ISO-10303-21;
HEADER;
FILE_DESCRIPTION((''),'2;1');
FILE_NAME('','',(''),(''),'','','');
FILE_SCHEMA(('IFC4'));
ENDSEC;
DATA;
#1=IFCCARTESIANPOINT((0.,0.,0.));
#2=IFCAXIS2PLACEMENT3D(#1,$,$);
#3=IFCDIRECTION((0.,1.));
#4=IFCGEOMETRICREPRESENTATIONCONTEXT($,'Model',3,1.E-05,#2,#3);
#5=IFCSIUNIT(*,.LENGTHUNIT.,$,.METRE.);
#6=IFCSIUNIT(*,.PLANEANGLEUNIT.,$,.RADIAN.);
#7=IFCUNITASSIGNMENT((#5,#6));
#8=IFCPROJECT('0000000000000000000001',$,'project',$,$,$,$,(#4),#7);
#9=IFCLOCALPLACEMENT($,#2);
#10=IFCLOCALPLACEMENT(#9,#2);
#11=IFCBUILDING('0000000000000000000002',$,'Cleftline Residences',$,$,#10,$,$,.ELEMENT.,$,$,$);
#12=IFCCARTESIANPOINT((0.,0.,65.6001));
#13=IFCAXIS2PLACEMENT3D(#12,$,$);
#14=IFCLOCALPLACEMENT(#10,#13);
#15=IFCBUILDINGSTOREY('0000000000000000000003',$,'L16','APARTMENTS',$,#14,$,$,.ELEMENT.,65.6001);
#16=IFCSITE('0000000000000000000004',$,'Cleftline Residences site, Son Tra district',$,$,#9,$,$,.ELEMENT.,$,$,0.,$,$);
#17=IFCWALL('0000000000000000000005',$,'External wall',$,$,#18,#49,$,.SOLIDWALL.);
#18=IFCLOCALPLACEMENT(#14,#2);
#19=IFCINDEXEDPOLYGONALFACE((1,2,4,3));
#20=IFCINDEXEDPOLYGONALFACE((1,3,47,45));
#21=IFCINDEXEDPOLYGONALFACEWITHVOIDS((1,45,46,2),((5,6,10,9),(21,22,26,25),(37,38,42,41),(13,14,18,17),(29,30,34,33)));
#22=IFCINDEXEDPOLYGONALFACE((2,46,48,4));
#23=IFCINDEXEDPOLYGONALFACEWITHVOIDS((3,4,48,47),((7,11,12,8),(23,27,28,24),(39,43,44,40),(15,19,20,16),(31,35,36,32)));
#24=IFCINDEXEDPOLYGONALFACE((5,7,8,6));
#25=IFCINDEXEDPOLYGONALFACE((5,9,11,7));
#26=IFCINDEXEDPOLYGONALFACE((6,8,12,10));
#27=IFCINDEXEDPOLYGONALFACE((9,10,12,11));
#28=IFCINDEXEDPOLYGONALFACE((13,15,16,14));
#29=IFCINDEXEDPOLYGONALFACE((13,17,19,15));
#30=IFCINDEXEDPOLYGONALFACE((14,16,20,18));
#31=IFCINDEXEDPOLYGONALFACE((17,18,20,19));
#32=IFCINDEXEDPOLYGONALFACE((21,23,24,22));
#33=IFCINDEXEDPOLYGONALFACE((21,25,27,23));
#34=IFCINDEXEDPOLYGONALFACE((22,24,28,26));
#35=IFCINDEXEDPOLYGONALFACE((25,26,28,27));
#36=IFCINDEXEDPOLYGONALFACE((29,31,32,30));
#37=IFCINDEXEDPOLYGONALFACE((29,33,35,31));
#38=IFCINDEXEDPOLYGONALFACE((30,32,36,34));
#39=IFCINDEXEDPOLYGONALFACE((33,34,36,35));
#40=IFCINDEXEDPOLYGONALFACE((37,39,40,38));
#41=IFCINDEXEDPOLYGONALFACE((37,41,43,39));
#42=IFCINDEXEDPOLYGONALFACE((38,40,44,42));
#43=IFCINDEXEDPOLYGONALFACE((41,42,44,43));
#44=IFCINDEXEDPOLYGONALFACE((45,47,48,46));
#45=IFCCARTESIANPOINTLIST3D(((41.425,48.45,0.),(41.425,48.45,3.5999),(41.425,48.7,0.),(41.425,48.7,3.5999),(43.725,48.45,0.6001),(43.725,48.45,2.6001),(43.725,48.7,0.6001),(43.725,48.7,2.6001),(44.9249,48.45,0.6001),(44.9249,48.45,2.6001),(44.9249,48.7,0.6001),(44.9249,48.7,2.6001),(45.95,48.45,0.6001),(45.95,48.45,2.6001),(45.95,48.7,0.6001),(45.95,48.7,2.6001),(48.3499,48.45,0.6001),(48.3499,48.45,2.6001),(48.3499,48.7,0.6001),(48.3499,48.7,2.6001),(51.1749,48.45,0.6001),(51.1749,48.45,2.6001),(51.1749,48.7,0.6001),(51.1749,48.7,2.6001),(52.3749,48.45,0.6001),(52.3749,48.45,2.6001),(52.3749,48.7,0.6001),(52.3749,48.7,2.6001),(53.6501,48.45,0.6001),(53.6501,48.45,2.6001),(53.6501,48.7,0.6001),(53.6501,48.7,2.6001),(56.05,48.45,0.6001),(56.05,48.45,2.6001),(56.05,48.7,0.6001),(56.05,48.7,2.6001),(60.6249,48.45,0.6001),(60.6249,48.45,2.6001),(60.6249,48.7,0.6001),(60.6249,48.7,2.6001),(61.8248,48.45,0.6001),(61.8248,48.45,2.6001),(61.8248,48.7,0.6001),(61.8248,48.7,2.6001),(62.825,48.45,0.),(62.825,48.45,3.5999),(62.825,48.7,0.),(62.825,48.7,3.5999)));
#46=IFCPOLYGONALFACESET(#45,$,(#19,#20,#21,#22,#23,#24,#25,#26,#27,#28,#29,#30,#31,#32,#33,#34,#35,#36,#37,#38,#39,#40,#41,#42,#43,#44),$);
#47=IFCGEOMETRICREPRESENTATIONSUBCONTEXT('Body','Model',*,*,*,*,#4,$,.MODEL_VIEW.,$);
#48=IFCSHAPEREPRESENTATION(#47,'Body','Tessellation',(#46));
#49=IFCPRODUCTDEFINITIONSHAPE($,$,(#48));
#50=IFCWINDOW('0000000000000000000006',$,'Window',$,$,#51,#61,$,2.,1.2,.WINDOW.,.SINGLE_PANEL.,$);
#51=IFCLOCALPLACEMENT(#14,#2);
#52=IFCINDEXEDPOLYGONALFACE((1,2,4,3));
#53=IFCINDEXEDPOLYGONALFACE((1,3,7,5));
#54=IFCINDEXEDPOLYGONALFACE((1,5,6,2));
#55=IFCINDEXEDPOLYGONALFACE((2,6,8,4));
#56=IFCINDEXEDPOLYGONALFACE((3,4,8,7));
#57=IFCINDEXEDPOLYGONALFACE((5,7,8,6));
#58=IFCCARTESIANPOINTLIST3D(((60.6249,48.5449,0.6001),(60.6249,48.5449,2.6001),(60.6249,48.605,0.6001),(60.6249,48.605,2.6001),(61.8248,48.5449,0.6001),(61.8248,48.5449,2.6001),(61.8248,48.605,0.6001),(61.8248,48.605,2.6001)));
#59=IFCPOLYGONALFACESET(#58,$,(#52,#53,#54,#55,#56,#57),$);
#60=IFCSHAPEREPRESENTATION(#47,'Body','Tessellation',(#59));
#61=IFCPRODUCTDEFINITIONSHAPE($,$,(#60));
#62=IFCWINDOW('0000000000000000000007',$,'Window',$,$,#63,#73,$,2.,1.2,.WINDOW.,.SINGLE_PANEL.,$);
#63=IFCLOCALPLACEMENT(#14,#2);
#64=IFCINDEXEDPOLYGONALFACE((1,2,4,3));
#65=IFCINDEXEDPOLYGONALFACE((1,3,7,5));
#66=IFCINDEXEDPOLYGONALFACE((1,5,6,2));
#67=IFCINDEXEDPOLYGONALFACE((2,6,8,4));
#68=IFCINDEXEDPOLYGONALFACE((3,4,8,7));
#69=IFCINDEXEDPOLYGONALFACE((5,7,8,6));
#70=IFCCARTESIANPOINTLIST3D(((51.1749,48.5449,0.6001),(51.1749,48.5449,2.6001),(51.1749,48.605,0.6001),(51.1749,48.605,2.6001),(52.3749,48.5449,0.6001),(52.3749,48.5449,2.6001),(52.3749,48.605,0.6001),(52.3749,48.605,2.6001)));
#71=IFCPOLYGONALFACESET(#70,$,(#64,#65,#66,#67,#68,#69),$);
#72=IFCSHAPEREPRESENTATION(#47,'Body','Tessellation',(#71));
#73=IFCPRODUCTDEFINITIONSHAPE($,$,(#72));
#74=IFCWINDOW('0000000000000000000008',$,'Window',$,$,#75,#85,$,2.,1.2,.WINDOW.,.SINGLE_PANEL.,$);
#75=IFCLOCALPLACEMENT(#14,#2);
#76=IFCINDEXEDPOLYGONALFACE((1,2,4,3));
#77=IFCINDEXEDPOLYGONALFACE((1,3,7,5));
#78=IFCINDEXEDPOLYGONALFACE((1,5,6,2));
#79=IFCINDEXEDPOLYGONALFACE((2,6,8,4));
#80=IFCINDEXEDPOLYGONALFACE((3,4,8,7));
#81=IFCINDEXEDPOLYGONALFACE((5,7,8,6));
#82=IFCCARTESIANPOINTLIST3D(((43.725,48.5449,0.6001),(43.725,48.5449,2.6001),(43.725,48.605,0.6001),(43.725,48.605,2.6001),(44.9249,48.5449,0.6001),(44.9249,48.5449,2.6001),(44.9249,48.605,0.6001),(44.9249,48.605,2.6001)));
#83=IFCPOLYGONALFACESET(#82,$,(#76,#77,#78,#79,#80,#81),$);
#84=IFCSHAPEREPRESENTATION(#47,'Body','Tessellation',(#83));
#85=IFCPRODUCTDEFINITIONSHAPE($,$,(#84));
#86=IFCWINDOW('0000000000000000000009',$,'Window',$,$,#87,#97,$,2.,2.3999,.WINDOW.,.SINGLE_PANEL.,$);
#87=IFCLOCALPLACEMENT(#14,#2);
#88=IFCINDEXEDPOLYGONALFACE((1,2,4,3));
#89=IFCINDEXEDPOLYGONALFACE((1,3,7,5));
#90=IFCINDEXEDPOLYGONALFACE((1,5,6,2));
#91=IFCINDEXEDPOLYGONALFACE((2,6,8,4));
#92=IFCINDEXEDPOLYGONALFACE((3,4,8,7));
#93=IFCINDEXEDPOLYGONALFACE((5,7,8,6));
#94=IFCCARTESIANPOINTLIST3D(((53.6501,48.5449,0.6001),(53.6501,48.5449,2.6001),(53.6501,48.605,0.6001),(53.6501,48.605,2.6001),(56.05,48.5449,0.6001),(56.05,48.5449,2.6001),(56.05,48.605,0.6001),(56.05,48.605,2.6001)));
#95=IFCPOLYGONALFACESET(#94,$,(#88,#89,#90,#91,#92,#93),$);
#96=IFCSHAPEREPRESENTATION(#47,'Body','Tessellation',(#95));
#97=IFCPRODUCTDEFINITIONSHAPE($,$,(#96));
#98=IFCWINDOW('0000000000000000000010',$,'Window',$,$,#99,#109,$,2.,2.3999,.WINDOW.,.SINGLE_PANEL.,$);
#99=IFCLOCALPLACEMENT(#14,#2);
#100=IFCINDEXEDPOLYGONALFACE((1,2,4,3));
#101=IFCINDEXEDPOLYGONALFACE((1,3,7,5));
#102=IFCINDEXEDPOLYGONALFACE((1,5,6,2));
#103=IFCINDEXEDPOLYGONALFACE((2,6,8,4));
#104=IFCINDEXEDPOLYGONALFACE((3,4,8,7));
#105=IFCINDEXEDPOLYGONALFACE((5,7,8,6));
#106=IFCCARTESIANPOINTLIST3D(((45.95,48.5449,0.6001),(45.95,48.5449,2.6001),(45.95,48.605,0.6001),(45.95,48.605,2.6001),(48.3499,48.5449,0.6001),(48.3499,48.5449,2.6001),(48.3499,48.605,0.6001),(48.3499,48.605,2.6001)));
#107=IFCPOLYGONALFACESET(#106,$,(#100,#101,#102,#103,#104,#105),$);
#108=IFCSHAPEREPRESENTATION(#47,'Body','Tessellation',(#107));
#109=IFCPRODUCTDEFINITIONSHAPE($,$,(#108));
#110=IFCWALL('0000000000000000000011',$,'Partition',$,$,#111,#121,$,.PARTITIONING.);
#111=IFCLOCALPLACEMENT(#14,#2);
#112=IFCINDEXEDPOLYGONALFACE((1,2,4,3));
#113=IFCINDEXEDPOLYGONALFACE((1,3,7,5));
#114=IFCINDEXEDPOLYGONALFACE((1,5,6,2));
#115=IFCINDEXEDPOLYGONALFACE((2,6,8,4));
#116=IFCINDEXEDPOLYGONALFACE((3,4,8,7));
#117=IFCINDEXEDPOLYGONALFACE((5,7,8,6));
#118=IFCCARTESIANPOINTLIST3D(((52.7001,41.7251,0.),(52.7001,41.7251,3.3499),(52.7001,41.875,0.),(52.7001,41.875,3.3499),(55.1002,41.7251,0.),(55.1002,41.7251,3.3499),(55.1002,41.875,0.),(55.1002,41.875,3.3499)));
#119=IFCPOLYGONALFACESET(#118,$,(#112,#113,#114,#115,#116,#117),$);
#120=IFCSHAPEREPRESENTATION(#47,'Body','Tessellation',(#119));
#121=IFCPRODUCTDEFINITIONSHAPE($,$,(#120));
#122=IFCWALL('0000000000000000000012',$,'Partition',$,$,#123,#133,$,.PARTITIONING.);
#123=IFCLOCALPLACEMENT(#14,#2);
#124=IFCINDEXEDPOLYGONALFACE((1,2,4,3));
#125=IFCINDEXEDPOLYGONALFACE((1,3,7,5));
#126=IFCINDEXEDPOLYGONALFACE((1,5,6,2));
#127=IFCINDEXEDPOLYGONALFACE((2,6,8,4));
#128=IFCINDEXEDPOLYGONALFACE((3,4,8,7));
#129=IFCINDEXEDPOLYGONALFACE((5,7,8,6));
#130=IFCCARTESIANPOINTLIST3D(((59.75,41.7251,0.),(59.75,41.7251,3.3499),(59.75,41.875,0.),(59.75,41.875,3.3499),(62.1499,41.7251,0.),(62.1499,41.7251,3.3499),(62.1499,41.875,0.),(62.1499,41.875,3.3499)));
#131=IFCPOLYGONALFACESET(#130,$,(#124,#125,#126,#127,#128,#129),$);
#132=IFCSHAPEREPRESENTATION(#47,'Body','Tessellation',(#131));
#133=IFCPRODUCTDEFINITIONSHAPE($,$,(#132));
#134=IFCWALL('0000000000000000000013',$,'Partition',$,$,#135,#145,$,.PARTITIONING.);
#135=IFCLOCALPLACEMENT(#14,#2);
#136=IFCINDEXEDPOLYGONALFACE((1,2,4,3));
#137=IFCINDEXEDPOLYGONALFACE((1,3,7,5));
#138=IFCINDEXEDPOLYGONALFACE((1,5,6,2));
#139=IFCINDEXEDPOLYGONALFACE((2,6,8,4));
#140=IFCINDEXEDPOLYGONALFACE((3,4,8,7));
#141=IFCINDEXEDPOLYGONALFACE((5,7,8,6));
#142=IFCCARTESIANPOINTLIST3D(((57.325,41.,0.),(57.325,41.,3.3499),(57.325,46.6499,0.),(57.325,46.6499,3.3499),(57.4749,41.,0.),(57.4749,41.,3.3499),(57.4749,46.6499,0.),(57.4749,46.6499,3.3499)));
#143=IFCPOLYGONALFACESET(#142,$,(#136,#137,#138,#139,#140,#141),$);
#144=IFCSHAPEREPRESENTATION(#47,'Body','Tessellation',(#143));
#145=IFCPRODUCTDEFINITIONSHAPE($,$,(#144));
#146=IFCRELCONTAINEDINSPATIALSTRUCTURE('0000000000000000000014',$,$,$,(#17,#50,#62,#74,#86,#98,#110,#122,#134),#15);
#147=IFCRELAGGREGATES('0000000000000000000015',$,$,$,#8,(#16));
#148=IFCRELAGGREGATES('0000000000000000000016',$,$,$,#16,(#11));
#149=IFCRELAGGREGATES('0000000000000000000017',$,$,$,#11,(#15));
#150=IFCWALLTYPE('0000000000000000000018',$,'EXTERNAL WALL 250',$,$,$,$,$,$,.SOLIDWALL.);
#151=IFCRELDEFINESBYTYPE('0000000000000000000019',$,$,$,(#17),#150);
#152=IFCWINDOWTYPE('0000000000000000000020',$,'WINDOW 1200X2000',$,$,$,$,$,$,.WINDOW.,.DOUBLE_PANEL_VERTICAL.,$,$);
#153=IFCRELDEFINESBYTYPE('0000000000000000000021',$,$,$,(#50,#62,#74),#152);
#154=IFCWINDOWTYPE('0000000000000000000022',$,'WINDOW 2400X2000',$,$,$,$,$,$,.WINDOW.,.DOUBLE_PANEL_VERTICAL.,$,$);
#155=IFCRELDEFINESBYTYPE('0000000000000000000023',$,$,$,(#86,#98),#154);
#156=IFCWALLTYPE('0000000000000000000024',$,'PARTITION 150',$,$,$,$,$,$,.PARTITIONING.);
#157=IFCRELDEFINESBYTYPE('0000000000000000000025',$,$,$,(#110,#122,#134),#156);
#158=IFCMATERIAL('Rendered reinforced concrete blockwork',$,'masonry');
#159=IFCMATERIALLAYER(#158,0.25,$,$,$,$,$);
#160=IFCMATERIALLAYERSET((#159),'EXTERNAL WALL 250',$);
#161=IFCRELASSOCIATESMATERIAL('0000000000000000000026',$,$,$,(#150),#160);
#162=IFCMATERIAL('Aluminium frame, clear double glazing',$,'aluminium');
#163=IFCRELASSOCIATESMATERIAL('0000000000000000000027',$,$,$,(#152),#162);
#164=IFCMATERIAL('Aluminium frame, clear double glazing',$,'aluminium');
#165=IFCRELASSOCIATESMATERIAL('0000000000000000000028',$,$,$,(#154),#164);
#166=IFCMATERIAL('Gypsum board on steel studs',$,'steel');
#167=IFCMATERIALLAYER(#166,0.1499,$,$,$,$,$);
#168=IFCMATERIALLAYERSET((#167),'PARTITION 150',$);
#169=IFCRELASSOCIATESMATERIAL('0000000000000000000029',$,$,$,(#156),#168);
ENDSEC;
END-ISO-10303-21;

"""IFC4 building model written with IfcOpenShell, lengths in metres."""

from ifc_helpers import new_model, si_unit, direction, frame, frame_2d, origin, place, context, subcontext, project, spatial, rectangle, extrude, material, layer, layer_set, type_object, element, fill, save


model = new_model("IFC4")

# Units and contexts
model_context = context("Model", 3, precision=1e-05, world=origin(), true_north=direction((0.0, 1.0)))
body_context = subcontext(model_context, "Body", "Model", "MODEL_VIEW")
ifc_project = project(units=[si_unit("LENGTHUNIT", "METRE"), si_unit("PLANEANGLEUNIT", "RADIAN")], contexts=[model_context])

# Site, building, storey
site_placement = place(None, origin())
site = spatial("IfcSite", under=ifc_project, at=site_placement, Name="Cleftline Residences site, Son Tra district", CompositionType="ELEMENT", RefElevation=0.0)
building_placement = place(site_placement, origin())
building = spatial("IfcBuilding", under=site, at=building_placement, Name="Cleftline Residences", CompositionType="ELEMENT")
storey_placement = place(building_placement, frame((0.0, 0.0, 65.6001)))
storey = spatial("IfcBuildingStorey", under=building, at=storey_placement, Name="L16", Description="APARTMENTS", CompositionType="ELEMENT", Elevation=65.6001)

# Shared definitions
ifc_material_1 = material(Name="Rendered reinforced concrete blockwork", Category="masonry")
ifc_layer_1 = layer(ifc_material_1, 0.25)
ifc_layer_set_1 = layer_set([ifc_layer_1], Name="EXTERNAL WALL 250")
wall_type_1 = type_object("IfcWallType", Name="EXTERNAL WALL 250", PredefinedType="SOLIDWALL", material=ifc_layer_set_1)
ifc_material_2 = material(Name="Aluminium frame, clear double glazing", Category="aluminium")
window_type_1 = type_object("IfcWindowType", Name="WINDOW 1200X2000", PartitioningType="DOUBLE_PANEL_VERTICAL", PredefinedType="WINDOW", material=ifc_material_2)

# Shared definitions
ifc_material_3 = material(Name="Aluminium frame, clear double glazing", Category="aluminium")
window_type_2 = type_object("IfcWindowType", Name="WINDOW 2400X2000", PartitioningType="DOUBLE_PANEL_VERTICAL", PredefinedType="WINDOW", material=ifc_material_3)

# Wall, openings, windows
wall_1_placement = place(storey_placement, frame((62.825, 48.575, 0.0), z_axis=(0.0, 0.0, 1.0), x_axis=(-1.0, 0.0, 0.0)))
wall_1 = element("IfcWall", 1, at=wall_1_placement, inside=storey, type_object=wall_type_1, Name="External wall", PredefinedType="SOLIDWALL", context=body_context, shape_type="SweptSolid", body=[
    extrude(rectangle(XDim=21.3999, YDim=0.25, at=frame_2d((10.7, 0.0))), origin(), (0.0, 0.0, 1.0), 3.5999),
])
opening_1_placement = place(wall_1_placement, frame((1.0, 0.0, 0.6001)))
opening_1 = element("IfcOpeningElement", 2, at=opening_1_placement, cuts=wall_1, PredefinedType="OPENING", context=body_context, shape_type="SweptSolid", body=[
    extrude(rectangle(XDim=1.2, YDim=2.0, at=frame_2d((0.6001, 1.0))), frame((0.0, 0.135, 0.0), z_axis=(0.0, -1.0, 0.0), x_axis=(1.0, 0.0, 0.0)), (0.0, 0.0, 1.0), 0.27),
])
opening_2_placement = place(wall_1_placement, frame((6.7749, 0.0, 0.6001)))
opening_2 = element("IfcOpeningElement", 3, at=opening_2_placement, cuts=wall_1, PredefinedType="OPENING", context=body_context, shape_type="SweptSolid", body=[
    extrude(rectangle(XDim=2.3999, YDim=2.0, at=frame_2d((1.2, 1.0))), frame((0.0, 0.135, 0.0), z_axis=(0.0, -1.0, 0.0), x_axis=(1.0, 0.0, 0.0)), (0.0, 0.0, 1.0), 0.27),
])
opening_3_placement = place(wall_1_placement, frame((10.45, 0.0, 0.6001)))
opening_3 = element("IfcOpeningElement", 4, at=opening_3_placement, cuts=wall_1, PredefinedType="OPENING", context=body_context, shape_type="SweptSolid", body=[
    extrude(rectangle(XDim=1.2, YDim=2.0, at=frame_2d((0.6001, 1.0))), frame((0.0, 0.135, 0.0), z_axis=(0.0, -1.0, 0.0), x_axis=(1.0, 0.0, 0.0)), (0.0, 0.0, 1.0), 0.27),
])
opening_4_placement = place(wall_1_placement, frame((14.4751, 0.0, 0.6001)))
opening_4 = element("IfcOpeningElement", 5, at=opening_4_placement, cuts=wall_1, PredefinedType="OPENING", context=body_context, shape_type="SweptSolid", body=[
    extrude(rectangle(XDim=2.3999, YDim=2.0, at=frame_2d((1.2, 1.0))), frame((0.0, 0.135, 0.0), z_axis=(0.0, -1.0, 0.0), x_axis=(1.0, 0.0, 0.0)), (0.0, 0.0, 1.0), 0.27),
])
opening_5_placement = place(wall_1_placement, frame((17.8999, 0.0, 0.6001)))
opening_5 = element("IfcOpeningElement", 6, at=opening_5_placement, cuts=wall_1, PredefinedType="OPENING", context=body_context, shape_type="SweptSolid", body=[
    extrude(rectangle(XDim=1.2, YDim=2.0, at=frame_2d((0.6001, 1.0))), frame((0.0, 0.135, 0.0), z_axis=(0.0, -1.0, 0.0), x_axis=(1.0, 0.0, 0.0)), (0.0, 0.0, 1.0), 0.27),
])
window_1_placement = place(opening_1_placement, origin())
window_1 = element("IfcWindow", 7, at=window_1_placement, inside=storey, type_object=window_type_1, Name="Window", OverallHeight=2.0, OverallWidth=1.2, PartitioningType="SINGLE_PANEL", PredefinedType="WINDOW", context=body_context, shape_type="SweptSolid", body=[
    extrude(rectangle(XDim=1.2, YDim=2.0, at=frame_2d((0.6001, 1.0))), frame((0.0, 0.03, 0.0), z_axis=(0.0, -1.0, 0.0), x_axis=(1.0, 0.0, 0.0)), (0.0, 0.0, 1.0), 0.0601),
])
fill(opening_1, window_1)
window_2_placement = place(opening_3_placement, origin())
window_2 = element("IfcWindow", 8, at=window_2_placement, inside=storey, type_object=window_type_1, Name="Window", OverallHeight=2.0, OverallWidth=1.2, PartitioningType="SINGLE_PANEL", PredefinedType="WINDOW", context=body_context, shape_type="SweptSolid", body=[
    extrude(rectangle(XDim=1.2, YDim=2.0, at=frame_2d((0.6001, 1.0))), frame((0.0, 0.03, 0.0), z_axis=(0.0, -1.0, 0.0), x_axis=(1.0, 0.0, 0.0)), (0.0, 0.0, 1.0), 0.0601),
])
fill(opening_3, window_2)
window_3_placement = place(opening_5_placement, origin())
window_3 = element("IfcWindow", 9, at=window_3_placement, inside=storey, type_object=window_type_1, Name="Window", OverallHeight=2.0, OverallWidth=1.2, PartitioningType="SINGLE_PANEL", PredefinedType="WINDOW", context=body_context, shape_type="SweptSolid", body=[
    extrude(rectangle(XDim=1.2, YDim=2.0, at=frame_2d((0.6001, 1.0))), frame((0.0, 0.03, 0.0), z_axis=(0.0, -1.0, 0.0), x_axis=(1.0, 0.0, 0.0)), (0.0, 0.0, 1.0), 0.0601),
])
fill(opening_5, window_3)
window_4_placement = place(opening_2_placement, origin())
window_4 = element("IfcWindow", 10, at=window_4_placement, inside=storey, type_object=window_type_2, Name="Window", OverallHeight=2.0, OverallWidth=2.3999, PartitioningType="SINGLE_PANEL", PredefinedType="WINDOW", context=body_context, shape_type="SweptSolid", body=[
    extrude(rectangle(XDim=2.3999, YDim=2.0, at=frame_2d((1.2, 1.0))), frame((0.0, 0.03, 0.0), z_axis=(0.0, -1.0, 0.0), x_axis=(1.0, 0.0, 0.0)), (0.0, 0.0, 1.0), 0.0601),
])
fill(opening_2, window_4)
window_5_placement = place(opening_4_placement, origin())
window_5 = element("IfcWindow", 11, at=window_5_placement, inside=storey, type_object=window_type_2, Name="Window", OverallHeight=2.0, OverallWidth=2.3999, PartitioningType="SINGLE_PANEL", PredefinedType="WINDOW", context=body_context, shape_type="SweptSolid", body=[
    extrude(rectangle(XDim=2.3999, YDim=2.0, at=frame_2d((1.2, 1.0))), frame((0.0, 0.03, 0.0), z_axis=(0.0, -1.0, 0.0), x_axis=(1.0, 0.0, 0.0)), (0.0, 0.0, 1.0), 0.0601),
])
fill(opening_4, window_5)

# Walls
ifc_material_4 = material(Name="Gypsum board on steel studs", Category="steel")
ifc_layer_2 = layer(ifc_material_4, 0.1499)
ifc_layer_set_2 = layer_set([ifc_layer_2], Name="PARTITION 150")
wall_type_2 = type_object("IfcWallType", Name="PARTITION 150", PredefinedType="PARTITIONING", material=ifc_layer_set_2)
wall_2_placement = place(storey_placement, frame((52.7, 41.8, 0.0), z_axis=(0.0, 0.0, 1.0), x_axis=(1.0, 0.0, 0.0)))
element("IfcWall", 12, at=wall_2_placement, inside=storey, type_object=wall_type_2, Name="Partition", PredefinedType="PARTITIONING", context=body_context, shape_type="SweptSolid", body=[
    extrude(rectangle(XDim=2.4001, YDim=0.1499, at=frame_2d((1.2002, 0.0))), origin(), (0.0, 0.0, 1.0), 3.3499),
])
wall_3_placement = place(storey_placement, frame((59.75, 41.8, 0.0), z_axis=(0.0, 0.0, 1.0), x_axis=(1.0, 0.0, 0.0)))
element("IfcWall", 13, at=wall_3_placement, inside=storey, type_object=wall_type_2, Name="Partition", PredefinedType="PARTITIONING", context=body_context, shape_type="SweptSolid", body=[
    extrude(rectangle(XDim=2.3999, YDim=0.1499, at=frame_2d((1.2, 0.0))), origin(), (0.0, 0.0, 1.0), 3.3499),
])
wall_4_placement = place(storey_placement, frame((57.3999, 41.0, 0.0), z_axis=(0.0, 0.0, 1.0), x_axis=(0.0, 1.0, 0.0)))
element("IfcWall", 14, at=wall_4_placement, inside=storey, type_object=wall_type_2, Name="Partition", PredefinedType="PARTITIONING", context=body_context, shape_type="SweptSolid", body=[
    extrude(rectangle(XDim=5.6499, YDim=0.1499, at=frame_2d((2.825, 0.0))), origin(), (0.0, 0.0, 1.0), 3.3499),
])

save(model, "model.ifc")
